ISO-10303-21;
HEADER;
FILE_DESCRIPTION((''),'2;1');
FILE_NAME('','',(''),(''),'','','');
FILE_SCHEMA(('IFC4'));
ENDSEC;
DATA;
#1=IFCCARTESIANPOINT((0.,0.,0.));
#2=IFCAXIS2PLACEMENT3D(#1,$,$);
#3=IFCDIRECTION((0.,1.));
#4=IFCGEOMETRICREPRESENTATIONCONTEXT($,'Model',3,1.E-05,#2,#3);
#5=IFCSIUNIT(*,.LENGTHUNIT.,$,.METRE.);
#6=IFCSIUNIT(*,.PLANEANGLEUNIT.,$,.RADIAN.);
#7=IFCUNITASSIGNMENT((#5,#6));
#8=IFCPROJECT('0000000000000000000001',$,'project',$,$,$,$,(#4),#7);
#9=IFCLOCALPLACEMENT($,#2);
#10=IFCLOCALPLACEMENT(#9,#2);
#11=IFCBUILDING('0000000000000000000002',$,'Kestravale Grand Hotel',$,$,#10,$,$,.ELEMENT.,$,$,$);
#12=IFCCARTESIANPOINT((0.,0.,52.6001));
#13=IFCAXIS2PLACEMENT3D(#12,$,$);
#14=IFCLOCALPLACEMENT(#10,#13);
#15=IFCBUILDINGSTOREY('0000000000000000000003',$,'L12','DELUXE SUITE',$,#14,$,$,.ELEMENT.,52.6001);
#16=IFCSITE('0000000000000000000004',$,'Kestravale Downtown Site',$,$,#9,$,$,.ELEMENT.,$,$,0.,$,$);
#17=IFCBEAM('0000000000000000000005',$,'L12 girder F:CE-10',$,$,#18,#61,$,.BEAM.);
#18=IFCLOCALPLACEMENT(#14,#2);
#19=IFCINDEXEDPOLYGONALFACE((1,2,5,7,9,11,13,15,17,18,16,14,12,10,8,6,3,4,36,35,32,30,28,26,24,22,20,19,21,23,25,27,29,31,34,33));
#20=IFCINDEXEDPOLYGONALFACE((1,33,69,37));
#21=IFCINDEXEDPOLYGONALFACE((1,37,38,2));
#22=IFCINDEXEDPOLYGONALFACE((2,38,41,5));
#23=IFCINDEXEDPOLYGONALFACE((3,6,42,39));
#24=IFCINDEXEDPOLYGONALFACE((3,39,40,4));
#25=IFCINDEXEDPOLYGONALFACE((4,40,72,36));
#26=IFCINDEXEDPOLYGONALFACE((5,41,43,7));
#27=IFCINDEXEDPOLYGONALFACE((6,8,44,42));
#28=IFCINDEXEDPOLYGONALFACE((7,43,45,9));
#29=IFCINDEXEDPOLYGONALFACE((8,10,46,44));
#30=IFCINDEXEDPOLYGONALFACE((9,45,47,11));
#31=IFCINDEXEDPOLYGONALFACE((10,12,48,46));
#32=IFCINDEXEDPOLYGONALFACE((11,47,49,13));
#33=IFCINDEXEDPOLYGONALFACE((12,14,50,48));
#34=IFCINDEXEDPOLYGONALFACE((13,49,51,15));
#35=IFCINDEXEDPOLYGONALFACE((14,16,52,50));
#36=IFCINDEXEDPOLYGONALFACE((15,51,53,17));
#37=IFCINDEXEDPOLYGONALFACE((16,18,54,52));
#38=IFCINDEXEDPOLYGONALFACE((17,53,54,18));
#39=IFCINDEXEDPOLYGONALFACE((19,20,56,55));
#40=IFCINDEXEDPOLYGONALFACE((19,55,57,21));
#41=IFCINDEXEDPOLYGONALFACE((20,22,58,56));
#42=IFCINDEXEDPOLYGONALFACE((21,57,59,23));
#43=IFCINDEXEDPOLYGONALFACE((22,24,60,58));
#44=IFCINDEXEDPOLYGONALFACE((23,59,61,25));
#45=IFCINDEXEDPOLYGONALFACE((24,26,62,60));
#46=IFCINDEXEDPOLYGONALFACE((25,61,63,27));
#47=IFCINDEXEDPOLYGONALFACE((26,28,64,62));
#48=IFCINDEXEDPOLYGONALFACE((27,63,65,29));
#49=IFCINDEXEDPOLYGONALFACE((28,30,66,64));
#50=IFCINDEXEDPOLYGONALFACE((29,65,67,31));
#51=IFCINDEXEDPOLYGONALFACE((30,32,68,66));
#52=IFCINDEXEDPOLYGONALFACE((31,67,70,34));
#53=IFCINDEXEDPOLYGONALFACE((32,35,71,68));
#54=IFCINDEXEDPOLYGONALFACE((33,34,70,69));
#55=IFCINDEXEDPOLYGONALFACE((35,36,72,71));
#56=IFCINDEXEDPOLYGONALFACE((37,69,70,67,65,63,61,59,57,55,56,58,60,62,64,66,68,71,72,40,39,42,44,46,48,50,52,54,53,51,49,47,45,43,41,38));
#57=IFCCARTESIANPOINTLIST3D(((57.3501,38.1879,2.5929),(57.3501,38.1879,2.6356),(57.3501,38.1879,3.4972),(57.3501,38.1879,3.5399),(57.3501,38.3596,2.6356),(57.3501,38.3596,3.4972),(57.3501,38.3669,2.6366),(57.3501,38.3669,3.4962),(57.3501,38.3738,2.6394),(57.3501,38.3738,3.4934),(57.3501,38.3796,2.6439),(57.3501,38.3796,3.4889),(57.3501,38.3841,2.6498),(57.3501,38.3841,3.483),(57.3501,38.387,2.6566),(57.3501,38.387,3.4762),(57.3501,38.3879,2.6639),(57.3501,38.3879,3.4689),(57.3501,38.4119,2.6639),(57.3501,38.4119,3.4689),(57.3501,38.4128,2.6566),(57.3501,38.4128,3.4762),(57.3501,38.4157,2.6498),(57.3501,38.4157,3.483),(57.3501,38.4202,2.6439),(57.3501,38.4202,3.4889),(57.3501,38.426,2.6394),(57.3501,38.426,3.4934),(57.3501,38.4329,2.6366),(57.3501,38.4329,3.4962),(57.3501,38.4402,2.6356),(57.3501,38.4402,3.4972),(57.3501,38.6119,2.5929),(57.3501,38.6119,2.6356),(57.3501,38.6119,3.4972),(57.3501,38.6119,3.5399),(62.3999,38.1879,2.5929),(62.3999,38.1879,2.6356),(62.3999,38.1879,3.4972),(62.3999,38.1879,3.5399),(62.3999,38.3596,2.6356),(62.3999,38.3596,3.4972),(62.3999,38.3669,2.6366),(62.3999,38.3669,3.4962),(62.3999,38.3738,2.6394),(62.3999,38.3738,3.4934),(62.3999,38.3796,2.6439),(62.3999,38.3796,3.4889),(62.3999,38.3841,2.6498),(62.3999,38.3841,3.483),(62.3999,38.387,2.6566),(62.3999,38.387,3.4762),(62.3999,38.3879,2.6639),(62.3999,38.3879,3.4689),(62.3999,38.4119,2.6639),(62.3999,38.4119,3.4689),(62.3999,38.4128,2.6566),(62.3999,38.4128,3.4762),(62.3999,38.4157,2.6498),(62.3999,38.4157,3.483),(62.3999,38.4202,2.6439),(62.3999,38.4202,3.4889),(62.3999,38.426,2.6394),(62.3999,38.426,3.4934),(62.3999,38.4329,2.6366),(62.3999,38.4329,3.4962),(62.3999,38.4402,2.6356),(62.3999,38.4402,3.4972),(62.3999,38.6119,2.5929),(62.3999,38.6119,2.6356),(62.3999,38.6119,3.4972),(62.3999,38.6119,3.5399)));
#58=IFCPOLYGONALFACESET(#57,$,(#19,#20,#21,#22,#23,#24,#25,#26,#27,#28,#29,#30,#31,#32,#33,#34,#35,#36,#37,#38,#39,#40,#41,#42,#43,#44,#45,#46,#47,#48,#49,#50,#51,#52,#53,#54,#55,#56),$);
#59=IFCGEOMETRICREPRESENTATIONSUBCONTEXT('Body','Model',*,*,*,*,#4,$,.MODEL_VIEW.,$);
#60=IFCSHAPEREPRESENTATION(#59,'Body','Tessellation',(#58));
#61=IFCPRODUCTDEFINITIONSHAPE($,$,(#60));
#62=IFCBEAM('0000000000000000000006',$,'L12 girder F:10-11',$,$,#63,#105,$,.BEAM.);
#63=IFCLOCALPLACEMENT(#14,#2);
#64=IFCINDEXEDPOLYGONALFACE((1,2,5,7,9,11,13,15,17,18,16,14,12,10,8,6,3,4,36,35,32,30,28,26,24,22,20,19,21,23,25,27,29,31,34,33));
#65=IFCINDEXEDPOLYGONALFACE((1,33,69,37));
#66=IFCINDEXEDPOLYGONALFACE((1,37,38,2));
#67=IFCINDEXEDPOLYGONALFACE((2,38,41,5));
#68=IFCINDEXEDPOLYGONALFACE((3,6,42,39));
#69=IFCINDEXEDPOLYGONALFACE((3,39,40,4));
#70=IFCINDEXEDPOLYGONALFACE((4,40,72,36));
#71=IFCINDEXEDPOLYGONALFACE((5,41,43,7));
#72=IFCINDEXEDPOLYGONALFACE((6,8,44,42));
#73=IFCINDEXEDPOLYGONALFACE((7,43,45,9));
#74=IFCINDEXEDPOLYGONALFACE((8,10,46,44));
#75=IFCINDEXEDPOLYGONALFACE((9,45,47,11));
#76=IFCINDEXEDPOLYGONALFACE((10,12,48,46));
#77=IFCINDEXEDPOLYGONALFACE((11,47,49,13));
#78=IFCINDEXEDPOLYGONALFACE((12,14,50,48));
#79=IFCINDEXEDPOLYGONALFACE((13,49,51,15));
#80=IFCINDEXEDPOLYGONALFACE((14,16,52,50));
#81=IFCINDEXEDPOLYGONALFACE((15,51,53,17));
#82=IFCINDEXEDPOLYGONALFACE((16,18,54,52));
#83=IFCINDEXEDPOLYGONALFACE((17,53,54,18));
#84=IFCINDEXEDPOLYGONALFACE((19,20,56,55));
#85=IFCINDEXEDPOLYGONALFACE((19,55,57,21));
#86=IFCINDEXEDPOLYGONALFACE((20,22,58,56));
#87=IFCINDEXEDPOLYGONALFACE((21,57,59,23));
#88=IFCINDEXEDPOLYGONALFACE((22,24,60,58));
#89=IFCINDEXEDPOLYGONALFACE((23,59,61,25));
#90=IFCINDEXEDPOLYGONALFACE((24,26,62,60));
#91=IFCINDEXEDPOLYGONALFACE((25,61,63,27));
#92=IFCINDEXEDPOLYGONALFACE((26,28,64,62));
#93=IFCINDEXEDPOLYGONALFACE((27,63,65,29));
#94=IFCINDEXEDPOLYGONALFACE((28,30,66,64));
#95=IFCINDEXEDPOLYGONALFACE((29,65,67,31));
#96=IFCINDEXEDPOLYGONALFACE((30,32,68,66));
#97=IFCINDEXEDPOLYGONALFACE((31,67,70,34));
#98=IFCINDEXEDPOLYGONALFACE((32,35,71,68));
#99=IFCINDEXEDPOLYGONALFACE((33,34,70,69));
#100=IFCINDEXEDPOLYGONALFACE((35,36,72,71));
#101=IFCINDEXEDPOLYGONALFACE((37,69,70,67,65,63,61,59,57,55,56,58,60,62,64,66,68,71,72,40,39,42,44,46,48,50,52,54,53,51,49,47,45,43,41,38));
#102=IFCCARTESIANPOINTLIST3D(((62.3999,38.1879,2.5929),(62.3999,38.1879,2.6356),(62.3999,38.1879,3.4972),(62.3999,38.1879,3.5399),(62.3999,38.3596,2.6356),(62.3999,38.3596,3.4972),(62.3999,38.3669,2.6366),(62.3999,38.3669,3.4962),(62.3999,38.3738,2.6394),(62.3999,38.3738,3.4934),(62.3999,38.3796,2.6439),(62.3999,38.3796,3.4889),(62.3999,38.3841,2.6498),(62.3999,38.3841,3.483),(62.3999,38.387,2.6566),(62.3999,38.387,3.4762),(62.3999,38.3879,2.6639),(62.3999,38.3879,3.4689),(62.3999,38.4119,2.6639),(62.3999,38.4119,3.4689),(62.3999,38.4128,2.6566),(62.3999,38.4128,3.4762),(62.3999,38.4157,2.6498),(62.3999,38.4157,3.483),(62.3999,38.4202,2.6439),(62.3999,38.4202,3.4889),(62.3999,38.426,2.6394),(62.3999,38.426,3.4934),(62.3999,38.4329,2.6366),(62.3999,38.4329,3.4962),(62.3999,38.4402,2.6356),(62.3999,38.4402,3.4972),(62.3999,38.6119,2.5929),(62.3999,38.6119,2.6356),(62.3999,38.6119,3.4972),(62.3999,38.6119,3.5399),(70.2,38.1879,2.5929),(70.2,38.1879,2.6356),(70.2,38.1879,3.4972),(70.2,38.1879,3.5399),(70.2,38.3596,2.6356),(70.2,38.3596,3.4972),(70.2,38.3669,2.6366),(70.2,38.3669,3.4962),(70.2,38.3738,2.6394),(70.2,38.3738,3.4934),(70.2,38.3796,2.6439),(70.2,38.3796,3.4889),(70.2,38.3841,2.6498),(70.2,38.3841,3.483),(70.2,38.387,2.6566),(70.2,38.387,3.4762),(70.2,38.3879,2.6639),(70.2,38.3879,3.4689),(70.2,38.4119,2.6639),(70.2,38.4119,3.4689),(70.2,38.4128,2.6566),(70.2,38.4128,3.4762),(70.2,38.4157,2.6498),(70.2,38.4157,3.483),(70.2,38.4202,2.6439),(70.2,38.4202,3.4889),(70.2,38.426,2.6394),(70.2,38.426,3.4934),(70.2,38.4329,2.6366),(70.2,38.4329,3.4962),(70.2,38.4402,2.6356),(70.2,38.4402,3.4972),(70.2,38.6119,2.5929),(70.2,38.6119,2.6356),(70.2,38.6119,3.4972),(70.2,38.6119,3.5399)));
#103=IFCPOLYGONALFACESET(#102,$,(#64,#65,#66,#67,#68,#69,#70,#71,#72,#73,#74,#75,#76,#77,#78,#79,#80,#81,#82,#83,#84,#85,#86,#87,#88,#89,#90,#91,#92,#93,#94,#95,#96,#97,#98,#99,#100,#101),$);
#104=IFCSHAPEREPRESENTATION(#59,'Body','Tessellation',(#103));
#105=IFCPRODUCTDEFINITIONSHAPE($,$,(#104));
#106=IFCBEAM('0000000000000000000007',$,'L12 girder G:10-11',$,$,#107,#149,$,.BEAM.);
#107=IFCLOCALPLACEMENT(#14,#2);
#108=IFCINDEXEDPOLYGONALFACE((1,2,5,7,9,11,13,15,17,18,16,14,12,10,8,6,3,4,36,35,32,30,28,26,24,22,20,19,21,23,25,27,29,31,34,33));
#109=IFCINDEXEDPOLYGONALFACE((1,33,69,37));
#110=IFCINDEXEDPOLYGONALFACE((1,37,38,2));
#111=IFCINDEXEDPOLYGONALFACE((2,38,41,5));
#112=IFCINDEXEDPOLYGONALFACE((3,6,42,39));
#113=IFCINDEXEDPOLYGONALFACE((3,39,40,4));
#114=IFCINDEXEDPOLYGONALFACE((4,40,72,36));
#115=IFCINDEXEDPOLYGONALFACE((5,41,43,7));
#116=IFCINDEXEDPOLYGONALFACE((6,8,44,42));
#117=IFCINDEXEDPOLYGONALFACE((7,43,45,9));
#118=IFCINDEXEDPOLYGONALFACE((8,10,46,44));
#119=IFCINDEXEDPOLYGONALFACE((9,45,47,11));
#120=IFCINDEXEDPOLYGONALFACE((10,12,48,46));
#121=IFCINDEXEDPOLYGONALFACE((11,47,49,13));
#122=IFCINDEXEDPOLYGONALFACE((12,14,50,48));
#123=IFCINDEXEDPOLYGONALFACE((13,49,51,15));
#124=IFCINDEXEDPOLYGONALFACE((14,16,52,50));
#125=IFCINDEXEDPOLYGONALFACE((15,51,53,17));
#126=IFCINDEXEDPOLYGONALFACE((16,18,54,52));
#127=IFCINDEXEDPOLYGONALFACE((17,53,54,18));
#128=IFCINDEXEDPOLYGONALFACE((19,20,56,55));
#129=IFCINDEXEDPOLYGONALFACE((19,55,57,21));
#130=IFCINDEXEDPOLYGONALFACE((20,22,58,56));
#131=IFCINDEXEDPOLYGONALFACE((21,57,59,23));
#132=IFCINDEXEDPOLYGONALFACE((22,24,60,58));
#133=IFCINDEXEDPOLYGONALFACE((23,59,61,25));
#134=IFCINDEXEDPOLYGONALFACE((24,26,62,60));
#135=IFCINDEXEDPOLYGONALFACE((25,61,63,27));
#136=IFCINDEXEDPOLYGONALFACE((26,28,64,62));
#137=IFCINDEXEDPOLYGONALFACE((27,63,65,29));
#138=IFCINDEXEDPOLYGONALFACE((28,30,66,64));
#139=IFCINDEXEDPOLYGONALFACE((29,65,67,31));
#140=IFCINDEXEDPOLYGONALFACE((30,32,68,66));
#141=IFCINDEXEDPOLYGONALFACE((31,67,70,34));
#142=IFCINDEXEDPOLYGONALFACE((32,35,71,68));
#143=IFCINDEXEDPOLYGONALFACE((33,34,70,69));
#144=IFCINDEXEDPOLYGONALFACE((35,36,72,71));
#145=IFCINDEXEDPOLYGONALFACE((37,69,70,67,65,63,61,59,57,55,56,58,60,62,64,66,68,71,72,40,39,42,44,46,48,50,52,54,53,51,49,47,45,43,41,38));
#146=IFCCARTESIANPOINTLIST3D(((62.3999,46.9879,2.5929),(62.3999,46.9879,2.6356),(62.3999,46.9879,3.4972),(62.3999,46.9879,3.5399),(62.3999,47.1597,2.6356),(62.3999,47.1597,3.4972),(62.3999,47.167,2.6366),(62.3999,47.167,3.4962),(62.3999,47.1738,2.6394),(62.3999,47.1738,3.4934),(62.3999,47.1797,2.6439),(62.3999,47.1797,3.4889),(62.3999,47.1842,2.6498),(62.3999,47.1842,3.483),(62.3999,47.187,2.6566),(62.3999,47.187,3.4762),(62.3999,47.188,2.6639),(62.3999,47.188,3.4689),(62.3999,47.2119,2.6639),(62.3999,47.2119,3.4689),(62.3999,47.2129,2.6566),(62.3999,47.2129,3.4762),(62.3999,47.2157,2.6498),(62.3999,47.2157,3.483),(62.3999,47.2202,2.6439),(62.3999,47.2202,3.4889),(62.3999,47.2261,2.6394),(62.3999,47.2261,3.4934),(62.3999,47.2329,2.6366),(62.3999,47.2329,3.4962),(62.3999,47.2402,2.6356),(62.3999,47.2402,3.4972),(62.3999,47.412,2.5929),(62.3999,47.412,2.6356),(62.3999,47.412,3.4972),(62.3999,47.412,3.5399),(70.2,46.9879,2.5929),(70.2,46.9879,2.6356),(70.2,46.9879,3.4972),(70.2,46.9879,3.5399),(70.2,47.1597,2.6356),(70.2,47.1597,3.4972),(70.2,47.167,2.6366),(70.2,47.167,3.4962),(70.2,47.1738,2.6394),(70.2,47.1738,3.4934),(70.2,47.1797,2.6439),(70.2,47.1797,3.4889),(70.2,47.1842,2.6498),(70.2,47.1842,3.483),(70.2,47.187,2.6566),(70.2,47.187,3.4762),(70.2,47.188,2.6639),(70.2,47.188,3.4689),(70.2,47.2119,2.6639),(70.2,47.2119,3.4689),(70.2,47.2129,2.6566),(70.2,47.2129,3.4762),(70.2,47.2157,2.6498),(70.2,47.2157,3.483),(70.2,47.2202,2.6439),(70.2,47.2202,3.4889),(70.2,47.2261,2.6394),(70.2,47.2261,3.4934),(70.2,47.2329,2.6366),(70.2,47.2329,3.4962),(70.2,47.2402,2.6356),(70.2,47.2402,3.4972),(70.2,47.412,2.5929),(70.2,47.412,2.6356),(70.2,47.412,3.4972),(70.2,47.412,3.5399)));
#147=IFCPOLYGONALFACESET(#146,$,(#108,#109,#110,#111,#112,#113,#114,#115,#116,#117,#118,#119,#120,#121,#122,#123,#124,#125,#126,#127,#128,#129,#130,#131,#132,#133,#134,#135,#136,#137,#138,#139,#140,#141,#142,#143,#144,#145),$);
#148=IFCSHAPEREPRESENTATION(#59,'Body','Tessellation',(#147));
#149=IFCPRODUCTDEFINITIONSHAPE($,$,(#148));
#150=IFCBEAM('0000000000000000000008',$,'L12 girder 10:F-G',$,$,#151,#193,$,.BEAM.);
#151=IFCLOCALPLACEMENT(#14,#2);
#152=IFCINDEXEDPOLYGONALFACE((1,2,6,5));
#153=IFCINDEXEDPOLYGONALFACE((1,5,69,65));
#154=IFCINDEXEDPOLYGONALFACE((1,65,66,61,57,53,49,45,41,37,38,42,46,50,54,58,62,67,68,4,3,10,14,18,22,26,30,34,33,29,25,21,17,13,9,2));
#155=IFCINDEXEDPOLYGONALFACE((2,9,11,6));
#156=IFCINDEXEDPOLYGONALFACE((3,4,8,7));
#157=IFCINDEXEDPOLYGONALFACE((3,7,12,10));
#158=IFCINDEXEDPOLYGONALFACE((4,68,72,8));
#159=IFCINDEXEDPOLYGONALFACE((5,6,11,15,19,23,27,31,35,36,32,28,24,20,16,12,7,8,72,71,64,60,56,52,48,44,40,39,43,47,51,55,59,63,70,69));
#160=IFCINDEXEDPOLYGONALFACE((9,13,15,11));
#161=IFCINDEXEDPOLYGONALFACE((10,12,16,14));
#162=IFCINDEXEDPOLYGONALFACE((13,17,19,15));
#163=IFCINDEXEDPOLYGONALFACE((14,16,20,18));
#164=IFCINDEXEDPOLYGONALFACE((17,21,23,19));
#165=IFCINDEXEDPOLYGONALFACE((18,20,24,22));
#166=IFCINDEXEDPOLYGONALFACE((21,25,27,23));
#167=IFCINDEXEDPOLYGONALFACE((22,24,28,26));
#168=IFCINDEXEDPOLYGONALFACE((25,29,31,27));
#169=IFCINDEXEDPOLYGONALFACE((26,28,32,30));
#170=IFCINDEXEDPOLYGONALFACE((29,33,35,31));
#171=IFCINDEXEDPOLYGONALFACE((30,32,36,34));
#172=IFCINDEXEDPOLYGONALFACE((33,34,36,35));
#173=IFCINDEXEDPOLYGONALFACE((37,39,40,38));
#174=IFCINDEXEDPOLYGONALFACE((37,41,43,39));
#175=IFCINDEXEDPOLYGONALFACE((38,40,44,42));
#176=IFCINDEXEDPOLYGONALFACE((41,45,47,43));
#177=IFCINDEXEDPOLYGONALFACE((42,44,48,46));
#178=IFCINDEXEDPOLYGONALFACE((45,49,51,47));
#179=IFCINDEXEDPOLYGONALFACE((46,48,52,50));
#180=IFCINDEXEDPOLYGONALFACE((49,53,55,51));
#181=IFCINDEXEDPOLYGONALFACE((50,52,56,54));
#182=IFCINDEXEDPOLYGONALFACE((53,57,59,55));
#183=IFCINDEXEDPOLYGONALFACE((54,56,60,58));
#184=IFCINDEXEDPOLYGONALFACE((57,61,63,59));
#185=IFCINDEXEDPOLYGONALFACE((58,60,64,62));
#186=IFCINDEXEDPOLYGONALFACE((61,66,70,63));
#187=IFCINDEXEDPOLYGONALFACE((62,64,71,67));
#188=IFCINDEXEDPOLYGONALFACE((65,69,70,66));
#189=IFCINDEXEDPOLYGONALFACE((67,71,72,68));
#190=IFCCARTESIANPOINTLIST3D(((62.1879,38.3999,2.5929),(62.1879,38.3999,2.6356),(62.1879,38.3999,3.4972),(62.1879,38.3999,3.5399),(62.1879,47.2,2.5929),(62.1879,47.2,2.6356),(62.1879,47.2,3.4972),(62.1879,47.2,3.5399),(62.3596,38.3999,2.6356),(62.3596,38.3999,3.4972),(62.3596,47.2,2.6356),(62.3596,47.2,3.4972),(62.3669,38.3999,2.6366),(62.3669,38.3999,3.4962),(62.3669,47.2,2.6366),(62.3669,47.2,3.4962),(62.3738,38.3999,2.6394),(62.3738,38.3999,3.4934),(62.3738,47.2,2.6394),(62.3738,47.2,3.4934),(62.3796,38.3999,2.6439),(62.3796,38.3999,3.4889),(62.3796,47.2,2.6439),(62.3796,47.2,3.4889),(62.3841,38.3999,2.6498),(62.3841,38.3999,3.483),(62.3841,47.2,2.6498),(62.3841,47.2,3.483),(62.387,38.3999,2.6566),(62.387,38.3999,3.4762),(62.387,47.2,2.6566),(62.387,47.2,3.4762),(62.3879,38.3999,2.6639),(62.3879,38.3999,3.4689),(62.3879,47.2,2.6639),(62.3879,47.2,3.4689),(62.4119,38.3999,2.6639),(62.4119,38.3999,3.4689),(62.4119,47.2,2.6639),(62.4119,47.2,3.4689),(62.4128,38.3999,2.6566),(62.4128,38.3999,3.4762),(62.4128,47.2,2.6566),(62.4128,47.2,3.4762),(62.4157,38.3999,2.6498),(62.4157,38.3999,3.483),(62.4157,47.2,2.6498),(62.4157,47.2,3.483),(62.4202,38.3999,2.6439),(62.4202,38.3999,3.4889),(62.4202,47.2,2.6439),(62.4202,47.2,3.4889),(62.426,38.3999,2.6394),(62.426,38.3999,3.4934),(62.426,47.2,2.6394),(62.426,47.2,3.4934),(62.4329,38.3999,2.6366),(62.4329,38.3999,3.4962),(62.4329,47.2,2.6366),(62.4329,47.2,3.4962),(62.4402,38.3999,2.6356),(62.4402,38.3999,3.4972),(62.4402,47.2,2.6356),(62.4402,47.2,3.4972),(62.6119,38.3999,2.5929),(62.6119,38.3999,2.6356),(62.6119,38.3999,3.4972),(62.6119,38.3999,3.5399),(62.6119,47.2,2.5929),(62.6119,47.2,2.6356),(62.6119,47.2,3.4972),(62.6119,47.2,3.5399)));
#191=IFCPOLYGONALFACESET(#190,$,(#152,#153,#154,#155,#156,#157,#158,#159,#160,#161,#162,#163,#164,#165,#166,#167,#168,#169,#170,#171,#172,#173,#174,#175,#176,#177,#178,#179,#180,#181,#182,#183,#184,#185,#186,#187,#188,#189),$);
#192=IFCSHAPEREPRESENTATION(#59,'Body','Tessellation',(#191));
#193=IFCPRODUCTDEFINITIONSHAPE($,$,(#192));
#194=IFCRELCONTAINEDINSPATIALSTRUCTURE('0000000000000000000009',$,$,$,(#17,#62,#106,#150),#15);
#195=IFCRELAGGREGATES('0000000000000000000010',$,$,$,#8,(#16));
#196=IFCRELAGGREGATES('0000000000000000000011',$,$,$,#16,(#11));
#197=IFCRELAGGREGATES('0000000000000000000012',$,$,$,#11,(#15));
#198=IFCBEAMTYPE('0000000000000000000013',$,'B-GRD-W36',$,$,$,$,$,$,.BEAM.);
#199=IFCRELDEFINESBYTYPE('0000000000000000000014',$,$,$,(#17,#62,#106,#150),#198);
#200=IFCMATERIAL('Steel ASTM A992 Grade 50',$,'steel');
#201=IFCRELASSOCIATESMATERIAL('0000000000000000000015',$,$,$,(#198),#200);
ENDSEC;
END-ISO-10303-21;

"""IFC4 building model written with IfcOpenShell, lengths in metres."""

from ifc_helpers import new_model, si_unit, direction, frame, origin, origin_2d, place, context, subcontext, project, spatial, i_section, extrude, material, material_profile, profile_set, type_object, element, save


model = new_model("IFC4")

# Units and contexts
model_context = context("Model", 3, precision=1e-05, world=origin(), true_north=direction((0.0, 1.0)))
body_context = subcontext(model_context, "Body", "Model", "MODEL_VIEW")
ifc_project = project(units=[si_unit("LENGTHUNIT", "METRE"), si_unit("PLANEANGLEUNIT", "RADIAN")], contexts=[model_context])

# Site, building, storey
site_placement = place(None, origin())
site = spatial("IfcSite", under=ifc_project, at=site_placement, Name="Kestravale Downtown Site", CompositionType="ELEMENT", RefElevation=0.0)
building_placement = place(site_placement, origin())
building = spatial("IfcBuilding", under=site, at=building_placement, Name="Kestravale Grand Hotel", CompositionType="ELEMENT")
storey_placement = place(building_placement, frame((0.0, 0.0, 52.6001)))
storey = spatial("IfcBuildingStorey", under=building, at=storey_placement, Name="L12", Description="DELUXE SUITE", CompositionType="ELEMENT", Elevation=52.6001)

# Beams
ifc_material_1 = material(Name="Steel ASTM A992 Grade 50", Category="steel")
ifc_material_profile_1 = material_profile(ifc_material_1, i_section(OverallWidth=0.4241, OverallDepth=0.947, WebThickness=0.0239, FlangeThickness=0.0427, FilletRadius=0.0283, at=origin_2d()))
ifc_profile_set_1 = profile_set([ifc_material_profile_1], Name="Steel ASTM A992 Grade 50")
beam_type_1 = type_object("IfcBeamType", Name="B-GRD-W36", PredefinedType="BEAM", material=ifc_profile_set_1)
beam_1_placement = place(storey_placement, frame((57.3501, 38.3999, 3.0664), z_axis=(1.0, 0.0, 0.0), x_axis=(0.0, 1.0, 0.0)))
element("IfcBeam", 1, at=beam_1_placement, inside=storey, type_object=beam_type_1, Name="L12 girder F:CE-10", PredefinedType="BEAM", context=body_context, shape_type="SweptSolid", body=[
    extrude(i_section(OverallWidth=0.4241, OverallDepth=0.947, WebThickness=0.0239, FlangeThickness=0.0427, FilletRadius=0.0283, at=origin_2d()), origin(), (0.0, 0.0, 1.0), 5.0498),
])
for number, where, z_axis, x_axis, name in (
    (2, (62.3999, 38.3999, 3.0664), (1.0, 0.0, 0.0), (0.0, 1.0, 0.0), "L12 girder F:10-11"),
    (3, (62.3999, 47.2, 3.0664), (1.0, 0.0, 0.0), (0.0, 1.0, 0.0), "L12 girder G:10-11"),
):
    element("IfcBeam", number, at=place(storey_placement, frame(where, z_axis=z_axis, x_axis=x_axis)), inside=storey, type_object=beam_type_1, Name=name, PredefinedType="BEAM", context=body_context, shape_type="SweptSolid", body=[
        extrude(i_section(OverallWidth=0.4241, OverallDepth=0.947, WebThickness=0.0239, FlangeThickness=0.0427, FilletRadius=0.0283, at=origin_2d()), origin(), (0.0, 0.0, 1.0), 7.8),
    ])
beam_2_placement = place(storey_placement, frame((62.3999, 38.3999, 3.0664), z_axis=(0.0, 1.0, 0.0), x_axis=(-1.0, 0.0, 0.0)))
element("IfcBeam", 4, at=beam_2_placement, inside=storey, type_object=beam_type_1, Name="L12 girder 10:F-G", PredefinedType="BEAM", context=body_context, shape_type="SweptSolid", body=[
    extrude(i_section(OverallWidth=0.4241, OverallDepth=0.947, WebThickness=0.0239, FlangeThickness=0.0427, FilletRadius=0.0283, at=origin_2d()), origin(), (0.0, 0.0, 1.0), 8.8),
])

save(model, "model.ifc")
